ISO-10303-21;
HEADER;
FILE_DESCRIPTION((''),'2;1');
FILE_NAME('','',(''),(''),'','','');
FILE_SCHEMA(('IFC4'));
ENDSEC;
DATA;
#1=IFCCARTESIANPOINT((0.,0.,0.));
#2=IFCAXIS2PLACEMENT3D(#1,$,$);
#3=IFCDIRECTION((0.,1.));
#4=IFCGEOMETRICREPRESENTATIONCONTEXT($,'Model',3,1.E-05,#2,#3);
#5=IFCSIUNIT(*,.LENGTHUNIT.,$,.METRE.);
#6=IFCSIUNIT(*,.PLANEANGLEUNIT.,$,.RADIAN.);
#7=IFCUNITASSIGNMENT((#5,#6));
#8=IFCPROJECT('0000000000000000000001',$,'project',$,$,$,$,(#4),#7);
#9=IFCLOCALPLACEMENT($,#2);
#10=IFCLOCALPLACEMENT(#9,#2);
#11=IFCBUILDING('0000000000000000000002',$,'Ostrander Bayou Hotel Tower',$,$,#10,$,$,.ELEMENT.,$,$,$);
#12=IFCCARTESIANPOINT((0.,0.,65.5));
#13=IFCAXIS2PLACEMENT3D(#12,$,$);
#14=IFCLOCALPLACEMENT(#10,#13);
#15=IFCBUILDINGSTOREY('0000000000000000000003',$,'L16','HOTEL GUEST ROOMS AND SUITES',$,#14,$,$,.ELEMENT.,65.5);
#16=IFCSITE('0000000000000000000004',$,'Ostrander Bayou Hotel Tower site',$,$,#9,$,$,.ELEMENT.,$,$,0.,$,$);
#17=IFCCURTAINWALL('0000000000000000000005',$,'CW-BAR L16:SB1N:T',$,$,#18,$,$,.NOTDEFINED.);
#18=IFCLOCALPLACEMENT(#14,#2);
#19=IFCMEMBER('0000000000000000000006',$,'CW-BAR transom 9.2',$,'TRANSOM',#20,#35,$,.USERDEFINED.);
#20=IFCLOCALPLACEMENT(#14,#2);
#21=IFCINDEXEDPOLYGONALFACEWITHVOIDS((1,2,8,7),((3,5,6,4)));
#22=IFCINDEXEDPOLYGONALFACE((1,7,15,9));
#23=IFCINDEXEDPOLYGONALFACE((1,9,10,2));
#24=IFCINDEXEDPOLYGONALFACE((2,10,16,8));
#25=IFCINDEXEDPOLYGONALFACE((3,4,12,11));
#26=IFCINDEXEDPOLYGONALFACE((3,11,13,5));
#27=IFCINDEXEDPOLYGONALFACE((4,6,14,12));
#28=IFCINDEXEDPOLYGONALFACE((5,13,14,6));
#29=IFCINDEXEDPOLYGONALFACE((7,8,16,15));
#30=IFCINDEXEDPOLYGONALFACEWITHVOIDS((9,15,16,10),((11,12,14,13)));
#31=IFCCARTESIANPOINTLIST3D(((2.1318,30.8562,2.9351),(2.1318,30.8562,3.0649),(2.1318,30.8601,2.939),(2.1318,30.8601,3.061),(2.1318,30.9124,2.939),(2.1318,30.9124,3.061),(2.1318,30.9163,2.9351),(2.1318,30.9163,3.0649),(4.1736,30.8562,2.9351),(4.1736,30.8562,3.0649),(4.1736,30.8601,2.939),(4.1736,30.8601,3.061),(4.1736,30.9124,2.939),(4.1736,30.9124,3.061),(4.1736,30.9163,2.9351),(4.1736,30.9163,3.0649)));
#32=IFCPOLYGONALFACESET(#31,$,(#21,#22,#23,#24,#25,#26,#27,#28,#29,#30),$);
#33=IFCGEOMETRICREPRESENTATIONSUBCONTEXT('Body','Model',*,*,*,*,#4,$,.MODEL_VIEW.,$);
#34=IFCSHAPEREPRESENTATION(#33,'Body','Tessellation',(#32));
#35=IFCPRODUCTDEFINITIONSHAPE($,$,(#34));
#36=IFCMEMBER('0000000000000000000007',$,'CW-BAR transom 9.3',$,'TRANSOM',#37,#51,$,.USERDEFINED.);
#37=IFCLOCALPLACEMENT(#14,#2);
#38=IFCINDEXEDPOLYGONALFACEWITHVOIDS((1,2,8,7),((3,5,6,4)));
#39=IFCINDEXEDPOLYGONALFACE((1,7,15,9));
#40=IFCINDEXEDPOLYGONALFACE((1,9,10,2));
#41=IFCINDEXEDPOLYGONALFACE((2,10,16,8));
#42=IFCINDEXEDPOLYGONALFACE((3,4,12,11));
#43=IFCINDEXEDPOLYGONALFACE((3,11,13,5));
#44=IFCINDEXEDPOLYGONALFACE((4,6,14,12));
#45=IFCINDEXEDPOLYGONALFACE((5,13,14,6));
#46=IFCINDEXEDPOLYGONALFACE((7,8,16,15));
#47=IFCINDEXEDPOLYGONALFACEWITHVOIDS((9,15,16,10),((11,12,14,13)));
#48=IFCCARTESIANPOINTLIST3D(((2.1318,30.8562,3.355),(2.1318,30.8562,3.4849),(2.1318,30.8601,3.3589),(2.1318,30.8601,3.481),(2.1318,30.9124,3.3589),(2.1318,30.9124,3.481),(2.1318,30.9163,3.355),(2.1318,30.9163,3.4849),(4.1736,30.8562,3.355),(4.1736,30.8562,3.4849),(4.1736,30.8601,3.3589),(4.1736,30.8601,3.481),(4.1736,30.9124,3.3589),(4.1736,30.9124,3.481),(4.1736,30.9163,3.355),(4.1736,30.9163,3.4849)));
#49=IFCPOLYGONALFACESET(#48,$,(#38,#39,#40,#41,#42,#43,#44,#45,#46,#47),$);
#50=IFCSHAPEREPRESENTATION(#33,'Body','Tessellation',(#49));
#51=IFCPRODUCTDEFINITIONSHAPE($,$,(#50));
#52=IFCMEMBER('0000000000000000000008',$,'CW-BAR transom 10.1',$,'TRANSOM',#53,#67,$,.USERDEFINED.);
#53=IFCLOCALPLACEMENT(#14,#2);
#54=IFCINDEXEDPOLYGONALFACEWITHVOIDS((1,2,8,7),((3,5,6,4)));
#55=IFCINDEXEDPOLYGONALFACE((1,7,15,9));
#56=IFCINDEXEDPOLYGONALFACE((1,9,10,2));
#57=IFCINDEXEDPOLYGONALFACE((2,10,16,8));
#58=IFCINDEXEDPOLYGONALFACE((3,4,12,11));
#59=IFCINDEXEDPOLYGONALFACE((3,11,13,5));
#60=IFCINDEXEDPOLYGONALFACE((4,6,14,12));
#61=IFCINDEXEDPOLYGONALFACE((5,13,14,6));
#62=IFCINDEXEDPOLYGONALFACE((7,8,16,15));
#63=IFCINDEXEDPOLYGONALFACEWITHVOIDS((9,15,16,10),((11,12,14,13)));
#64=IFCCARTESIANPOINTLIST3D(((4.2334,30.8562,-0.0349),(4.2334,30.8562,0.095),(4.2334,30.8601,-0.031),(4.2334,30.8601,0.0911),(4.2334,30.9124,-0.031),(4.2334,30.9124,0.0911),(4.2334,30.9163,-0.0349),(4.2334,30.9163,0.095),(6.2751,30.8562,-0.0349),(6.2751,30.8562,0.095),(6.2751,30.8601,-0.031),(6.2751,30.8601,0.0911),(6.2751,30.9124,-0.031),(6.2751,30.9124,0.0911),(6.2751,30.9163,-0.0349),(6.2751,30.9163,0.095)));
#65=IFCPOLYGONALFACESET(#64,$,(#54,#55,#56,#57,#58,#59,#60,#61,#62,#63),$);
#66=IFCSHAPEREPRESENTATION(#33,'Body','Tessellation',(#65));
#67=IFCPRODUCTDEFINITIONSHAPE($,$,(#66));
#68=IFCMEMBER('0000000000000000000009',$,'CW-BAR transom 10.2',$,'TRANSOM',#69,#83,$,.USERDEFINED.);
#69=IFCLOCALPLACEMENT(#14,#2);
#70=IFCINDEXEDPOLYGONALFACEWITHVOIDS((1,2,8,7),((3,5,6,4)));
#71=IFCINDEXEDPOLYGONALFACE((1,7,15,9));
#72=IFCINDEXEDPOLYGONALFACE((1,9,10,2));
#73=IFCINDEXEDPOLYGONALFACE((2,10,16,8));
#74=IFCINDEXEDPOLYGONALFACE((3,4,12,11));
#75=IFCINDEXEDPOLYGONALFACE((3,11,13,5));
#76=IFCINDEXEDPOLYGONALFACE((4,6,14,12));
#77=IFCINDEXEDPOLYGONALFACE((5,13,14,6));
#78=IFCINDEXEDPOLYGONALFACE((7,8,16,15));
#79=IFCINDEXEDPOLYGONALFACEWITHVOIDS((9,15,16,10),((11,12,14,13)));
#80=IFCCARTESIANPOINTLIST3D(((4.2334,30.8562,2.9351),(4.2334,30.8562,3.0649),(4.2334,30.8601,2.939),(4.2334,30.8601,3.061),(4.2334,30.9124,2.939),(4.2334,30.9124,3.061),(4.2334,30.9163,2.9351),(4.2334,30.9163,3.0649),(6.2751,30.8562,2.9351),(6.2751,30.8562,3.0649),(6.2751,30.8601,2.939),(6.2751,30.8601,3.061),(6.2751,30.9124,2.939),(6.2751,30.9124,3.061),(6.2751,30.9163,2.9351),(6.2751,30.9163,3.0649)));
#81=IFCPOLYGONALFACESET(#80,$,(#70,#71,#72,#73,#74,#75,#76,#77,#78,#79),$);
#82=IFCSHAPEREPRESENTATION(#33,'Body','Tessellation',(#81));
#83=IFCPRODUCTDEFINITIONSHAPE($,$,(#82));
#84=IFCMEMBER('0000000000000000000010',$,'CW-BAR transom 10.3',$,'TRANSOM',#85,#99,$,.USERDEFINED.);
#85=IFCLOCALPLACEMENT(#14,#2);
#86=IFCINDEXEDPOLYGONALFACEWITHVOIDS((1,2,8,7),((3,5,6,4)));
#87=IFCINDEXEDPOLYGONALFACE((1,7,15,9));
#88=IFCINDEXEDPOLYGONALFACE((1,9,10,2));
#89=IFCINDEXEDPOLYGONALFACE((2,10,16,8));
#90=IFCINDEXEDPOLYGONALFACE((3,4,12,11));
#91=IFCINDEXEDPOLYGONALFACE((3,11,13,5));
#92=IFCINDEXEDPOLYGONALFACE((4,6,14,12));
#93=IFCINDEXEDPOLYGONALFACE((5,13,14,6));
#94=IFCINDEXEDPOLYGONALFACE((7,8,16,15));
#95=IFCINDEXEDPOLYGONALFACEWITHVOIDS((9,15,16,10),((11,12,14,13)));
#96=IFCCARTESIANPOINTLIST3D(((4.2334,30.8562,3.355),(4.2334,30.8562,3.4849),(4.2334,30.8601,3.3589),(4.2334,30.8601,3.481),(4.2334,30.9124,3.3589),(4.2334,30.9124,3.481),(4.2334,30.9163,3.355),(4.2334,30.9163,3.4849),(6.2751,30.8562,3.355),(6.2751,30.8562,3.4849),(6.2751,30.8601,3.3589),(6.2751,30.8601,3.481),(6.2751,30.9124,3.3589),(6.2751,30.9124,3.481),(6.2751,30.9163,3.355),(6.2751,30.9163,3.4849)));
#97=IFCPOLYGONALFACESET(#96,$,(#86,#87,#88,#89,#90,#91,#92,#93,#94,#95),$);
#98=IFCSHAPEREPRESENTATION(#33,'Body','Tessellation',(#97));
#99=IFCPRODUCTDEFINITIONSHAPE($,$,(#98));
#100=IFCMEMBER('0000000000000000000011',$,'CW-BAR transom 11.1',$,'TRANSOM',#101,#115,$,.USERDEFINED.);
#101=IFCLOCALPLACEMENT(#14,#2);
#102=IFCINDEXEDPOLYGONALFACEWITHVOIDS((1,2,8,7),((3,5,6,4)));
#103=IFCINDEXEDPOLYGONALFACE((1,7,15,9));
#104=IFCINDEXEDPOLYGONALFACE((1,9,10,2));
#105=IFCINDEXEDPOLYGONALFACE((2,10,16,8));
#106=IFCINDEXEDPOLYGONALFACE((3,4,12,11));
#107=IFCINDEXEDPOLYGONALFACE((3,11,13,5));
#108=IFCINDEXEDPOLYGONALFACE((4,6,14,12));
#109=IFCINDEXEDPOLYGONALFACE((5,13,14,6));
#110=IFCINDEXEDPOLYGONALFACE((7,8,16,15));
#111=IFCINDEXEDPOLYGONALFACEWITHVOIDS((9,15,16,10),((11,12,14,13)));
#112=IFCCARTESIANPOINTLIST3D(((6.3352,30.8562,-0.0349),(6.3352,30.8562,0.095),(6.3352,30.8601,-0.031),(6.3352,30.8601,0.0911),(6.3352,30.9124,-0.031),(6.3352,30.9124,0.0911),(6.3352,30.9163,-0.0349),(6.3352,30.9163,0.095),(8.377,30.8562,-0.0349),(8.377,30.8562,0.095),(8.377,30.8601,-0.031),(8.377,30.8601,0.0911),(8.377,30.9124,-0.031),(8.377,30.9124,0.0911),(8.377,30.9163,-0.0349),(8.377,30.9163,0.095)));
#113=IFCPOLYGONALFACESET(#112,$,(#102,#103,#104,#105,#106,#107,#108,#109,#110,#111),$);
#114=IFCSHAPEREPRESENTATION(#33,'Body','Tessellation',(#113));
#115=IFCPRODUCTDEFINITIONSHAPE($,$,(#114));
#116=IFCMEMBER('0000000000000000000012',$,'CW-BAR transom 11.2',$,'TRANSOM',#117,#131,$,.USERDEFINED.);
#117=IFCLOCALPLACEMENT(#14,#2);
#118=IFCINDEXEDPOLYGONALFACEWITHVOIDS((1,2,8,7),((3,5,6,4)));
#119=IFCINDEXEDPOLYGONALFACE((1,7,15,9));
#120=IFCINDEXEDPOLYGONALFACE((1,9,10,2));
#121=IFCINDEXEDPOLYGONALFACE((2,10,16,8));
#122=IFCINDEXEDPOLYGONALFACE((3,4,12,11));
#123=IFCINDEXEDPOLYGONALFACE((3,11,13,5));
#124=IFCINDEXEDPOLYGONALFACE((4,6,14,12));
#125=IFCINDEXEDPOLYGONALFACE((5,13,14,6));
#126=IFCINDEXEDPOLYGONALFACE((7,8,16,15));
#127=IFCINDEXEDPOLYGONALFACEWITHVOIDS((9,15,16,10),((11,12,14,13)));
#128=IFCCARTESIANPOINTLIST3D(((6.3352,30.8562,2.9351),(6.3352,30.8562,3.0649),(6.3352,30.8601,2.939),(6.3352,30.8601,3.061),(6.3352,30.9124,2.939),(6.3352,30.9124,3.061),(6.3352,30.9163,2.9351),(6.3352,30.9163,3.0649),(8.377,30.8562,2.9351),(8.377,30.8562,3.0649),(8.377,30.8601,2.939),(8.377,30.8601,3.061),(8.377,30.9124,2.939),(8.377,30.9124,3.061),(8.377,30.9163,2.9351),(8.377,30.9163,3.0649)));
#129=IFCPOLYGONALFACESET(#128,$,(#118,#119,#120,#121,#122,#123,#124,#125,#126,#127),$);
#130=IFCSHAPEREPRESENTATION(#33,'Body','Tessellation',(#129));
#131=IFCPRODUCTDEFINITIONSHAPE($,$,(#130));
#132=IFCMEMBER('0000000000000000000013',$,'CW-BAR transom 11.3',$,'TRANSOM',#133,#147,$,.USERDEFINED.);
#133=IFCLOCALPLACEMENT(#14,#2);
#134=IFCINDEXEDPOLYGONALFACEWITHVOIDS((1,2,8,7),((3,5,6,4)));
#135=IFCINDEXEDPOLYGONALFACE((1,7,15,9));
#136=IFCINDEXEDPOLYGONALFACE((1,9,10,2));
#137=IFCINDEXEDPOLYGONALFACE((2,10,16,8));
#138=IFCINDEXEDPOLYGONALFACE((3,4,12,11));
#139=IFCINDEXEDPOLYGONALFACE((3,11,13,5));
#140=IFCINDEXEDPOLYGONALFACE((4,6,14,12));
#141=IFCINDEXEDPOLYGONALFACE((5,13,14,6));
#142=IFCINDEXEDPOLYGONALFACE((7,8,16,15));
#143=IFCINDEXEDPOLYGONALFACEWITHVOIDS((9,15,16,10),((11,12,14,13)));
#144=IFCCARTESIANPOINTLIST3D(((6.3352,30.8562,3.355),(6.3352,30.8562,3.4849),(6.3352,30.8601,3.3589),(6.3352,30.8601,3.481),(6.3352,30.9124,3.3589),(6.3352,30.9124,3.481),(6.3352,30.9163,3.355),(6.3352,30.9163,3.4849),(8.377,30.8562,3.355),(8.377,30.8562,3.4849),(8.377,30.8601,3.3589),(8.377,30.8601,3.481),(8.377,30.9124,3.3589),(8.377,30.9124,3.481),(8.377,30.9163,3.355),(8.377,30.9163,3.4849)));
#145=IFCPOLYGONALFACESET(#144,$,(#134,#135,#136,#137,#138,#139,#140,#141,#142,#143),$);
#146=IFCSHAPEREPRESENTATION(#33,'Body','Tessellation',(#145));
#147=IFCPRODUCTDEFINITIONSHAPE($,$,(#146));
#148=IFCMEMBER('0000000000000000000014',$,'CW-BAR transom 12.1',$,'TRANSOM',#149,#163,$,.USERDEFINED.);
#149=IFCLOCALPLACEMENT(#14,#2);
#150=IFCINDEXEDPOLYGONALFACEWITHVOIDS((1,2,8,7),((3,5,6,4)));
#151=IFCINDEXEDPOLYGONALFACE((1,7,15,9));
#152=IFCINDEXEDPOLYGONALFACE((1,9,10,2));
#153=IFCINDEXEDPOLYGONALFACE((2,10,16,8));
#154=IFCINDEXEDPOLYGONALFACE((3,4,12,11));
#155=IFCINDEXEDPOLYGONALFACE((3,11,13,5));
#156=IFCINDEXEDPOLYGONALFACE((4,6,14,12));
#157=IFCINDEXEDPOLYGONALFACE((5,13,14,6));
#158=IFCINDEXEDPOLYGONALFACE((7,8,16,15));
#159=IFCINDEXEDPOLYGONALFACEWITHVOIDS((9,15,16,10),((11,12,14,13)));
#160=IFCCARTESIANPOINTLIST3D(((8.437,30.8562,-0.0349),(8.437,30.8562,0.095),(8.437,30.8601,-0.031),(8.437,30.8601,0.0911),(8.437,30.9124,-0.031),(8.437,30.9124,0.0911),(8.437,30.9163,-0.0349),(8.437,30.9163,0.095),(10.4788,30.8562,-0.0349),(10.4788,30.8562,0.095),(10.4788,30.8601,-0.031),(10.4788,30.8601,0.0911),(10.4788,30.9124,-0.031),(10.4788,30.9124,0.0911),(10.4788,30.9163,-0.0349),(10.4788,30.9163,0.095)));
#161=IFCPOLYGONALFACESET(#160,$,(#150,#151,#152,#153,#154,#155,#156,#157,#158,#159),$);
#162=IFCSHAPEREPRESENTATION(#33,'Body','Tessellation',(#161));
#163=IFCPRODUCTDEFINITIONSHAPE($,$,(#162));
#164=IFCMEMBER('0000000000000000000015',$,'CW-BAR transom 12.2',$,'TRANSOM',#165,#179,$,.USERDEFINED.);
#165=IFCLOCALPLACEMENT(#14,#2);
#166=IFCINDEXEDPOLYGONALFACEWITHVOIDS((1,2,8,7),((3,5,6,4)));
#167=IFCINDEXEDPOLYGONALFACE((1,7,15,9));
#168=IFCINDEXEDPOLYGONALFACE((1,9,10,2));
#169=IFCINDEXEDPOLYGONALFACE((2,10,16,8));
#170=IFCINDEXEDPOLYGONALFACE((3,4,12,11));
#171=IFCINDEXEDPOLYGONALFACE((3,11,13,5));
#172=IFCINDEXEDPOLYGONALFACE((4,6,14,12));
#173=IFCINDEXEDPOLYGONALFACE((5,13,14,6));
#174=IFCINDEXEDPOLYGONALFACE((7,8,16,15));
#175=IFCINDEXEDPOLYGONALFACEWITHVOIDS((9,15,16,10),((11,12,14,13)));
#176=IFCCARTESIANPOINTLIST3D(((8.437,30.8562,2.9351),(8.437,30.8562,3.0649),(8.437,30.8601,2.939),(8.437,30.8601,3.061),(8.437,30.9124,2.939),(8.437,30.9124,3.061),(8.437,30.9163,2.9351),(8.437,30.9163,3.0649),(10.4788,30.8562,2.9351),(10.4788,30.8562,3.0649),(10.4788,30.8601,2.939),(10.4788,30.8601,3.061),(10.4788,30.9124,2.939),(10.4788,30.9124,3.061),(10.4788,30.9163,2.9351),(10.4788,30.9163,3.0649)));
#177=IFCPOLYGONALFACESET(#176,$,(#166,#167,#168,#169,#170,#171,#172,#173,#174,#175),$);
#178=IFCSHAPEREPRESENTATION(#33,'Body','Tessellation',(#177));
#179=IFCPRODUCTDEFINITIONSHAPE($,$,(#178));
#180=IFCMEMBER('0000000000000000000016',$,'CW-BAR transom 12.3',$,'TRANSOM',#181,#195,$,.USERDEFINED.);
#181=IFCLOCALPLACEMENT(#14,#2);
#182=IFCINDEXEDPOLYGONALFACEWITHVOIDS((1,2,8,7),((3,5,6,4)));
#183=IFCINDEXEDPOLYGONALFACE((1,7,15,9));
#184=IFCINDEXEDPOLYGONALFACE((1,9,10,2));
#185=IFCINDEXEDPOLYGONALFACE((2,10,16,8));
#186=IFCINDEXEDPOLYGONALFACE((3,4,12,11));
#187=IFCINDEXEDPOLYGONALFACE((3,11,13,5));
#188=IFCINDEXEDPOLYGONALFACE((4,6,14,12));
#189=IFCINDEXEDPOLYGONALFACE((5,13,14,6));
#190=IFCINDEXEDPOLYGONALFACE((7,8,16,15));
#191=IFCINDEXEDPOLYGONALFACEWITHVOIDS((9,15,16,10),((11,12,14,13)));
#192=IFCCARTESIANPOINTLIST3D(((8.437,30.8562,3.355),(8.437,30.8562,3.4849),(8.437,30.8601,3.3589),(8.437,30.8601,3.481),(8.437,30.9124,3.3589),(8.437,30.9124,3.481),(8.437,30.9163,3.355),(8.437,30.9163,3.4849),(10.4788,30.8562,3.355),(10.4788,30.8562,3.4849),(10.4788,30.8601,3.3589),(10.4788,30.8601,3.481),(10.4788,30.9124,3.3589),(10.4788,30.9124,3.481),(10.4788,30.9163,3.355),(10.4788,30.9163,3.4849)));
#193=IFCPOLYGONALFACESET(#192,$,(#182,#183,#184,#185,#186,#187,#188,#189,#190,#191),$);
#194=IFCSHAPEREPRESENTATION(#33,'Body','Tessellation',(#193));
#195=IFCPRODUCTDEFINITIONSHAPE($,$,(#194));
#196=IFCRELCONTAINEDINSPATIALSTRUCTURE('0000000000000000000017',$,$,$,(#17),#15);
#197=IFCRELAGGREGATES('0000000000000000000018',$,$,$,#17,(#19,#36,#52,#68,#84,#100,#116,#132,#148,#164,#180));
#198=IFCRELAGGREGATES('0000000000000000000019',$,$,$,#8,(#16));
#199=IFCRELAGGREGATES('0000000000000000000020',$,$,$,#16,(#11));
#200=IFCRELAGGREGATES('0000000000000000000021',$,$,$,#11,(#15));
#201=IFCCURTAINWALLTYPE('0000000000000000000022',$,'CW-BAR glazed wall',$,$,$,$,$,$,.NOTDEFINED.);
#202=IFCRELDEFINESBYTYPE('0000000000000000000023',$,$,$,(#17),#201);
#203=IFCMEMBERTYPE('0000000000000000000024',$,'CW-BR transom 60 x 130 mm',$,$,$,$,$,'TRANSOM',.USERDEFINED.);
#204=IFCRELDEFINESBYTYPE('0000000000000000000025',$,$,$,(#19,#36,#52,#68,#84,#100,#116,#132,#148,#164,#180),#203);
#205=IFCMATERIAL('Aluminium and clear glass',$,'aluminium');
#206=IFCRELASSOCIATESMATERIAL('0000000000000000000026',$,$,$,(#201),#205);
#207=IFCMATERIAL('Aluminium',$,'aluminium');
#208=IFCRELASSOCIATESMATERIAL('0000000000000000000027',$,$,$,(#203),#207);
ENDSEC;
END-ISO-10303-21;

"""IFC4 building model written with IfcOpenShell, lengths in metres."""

from ifc_helpers import new_model, si_unit, direction, frame, origin, origin_2d, place, context, subcontext, project, spatial, hollow_rectangle, extrude, material, material_profile, profile_set, type_object, element, aggregate, save


model = new_model("IFC4")

# Units and contexts
model_context = context("Model", 3, precision=1e-05, world=origin(), true_north=direction((0.0, 1.0)))
body_context = subcontext(model_context, "Body", "Model", "MODEL_VIEW")
ifc_project = project(units=[si_unit("LENGTHUNIT", "METRE"), si_unit("PLANEANGLEUNIT", "RADIAN")], contexts=[model_context])

# Site, building, storey
site_placement = place(None, origin())
site = spatial("IfcSite", under=ifc_project, at=site_placement, Name="Ostrander Bayou Hotel Tower site", CompositionType="ELEMENT", RefElevation=0.0)
building_placement = place(site_placement, origin())
building = spatial("IfcBuilding", under=site, at=building_placement, Name="Ostrander Bayou Hotel Tower", CompositionType="ELEMENT")
storey_placement = place(building_placement, frame((0.0, 0.0, 65.5)))
storey = spatial("IfcBuildingStorey", under=building, at=storey_placement, Name="L16", Description="HOTEL GUEST ROOMS AND SUITES", CompositionType="ELEMENT", Elevation=65.5)

# Curtain wall, members
ifc_material_1 = material(Name="Aluminium and clear glass", Category="aluminium")
curtain_wall_type = type_object("IfcCurtainWallType", Name="CW-BAR glazed wall", PredefinedType="NOTDEFINED", material=ifc_material_1)
curtain_wall_placement = place(storey_placement, origin())
curtain_wall = element("IfcCurtainWall", 1, at=curtain_wall_placement, inside=storey, type_object=curtain_wall_type, Name="CW-BAR L16:SB1N:T", PredefinedType="NOTDEFINED")
ifc_material_2 = material(Name="Aluminium", Category="aluminium")
ifc_material_profile_1 = material_profile(ifc_material_2, hollow_rectangle(XDim=0.0601, YDim=0.1299, WallThickness=0.0039, at=origin_2d()))
ifc_profile_set_1 = profile_set([ifc_material_profile_1], Name="Aluminium")
member_type_1 = type_object("IfcMemberType", Name="CW-BR transom 60 x 130 mm", ElementType="TRANSOM", PredefinedType="USERDEFINED", material=ifc_profile_set_1)
member_1_placement = place(storey_placement, frame((2.1318, 30.8862, 3.0), z_axis=(1.0, 0.0, 0.0), x_axis=(0.0, 1.0, 0.0)))
member_1 = element("IfcMember", 2, at=member_1_placement, type_object=member_type_1, Name="CW-BAR transom 9.2", ObjectType="TRANSOM", PredefinedType="USERDEFINED", context=body_context, shape_type="SweptSolid", body=[
    extrude(hollow_rectangle(XDim=0.0601, YDim=0.1299, WallThickness=0.0039, at=origin_2d()), origin(), (0.0, 0.0, 1.0), 2.0417),
])
member_2_placement = place(storey_placement, frame((2.1318, 30.8862, 3.4199), z_axis=(1.0, 0.0, 0.0), x_axis=(0.0, 1.0, 0.0)))
member_2 = element("IfcMember", 3, at=member_2_placement, type_object=member_type_1, Name="CW-BAR transom 9.3", ObjectType="TRANSOM", PredefinedType="USERDEFINED", context=body_context, shape_type="SweptSolid", body=[
    extrude(hollow_rectangle(XDim=0.0601, YDim=0.1299, WallThickness=0.0039, at=origin_2d()), origin(), (0.0, 0.0, 1.0), 2.0417),
])
member_3_placement = place(storey_placement, frame((4.2334, 30.8862, 0.03), z_axis=(1.0, 0.0, 0.0), x_axis=(0.0, 1.0, 0.0)))
member_3 = element("IfcMember", 4, at=member_3_placement, type_object=member_type_1, Name="CW-BAR transom 10.1", ObjectType="TRANSOM", PredefinedType="USERDEFINED", context=body_context, shape_type="SweptSolid", body=[
    extrude(hollow_rectangle(XDim=0.0601, YDim=0.1299, WallThickness=0.0039, at=origin_2d()), origin(), (0.0, 0.0, 1.0), 2.0417),
])
member_4_placement = place(storey_placement, frame((4.2334, 30.8862, 3.0), z_axis=(1.0, 0.0, 0.0), x_axis=(0.0, 1.0, 0.0)))
member_4 = element("IfcMember", 5, at=member_4_placement, type_object=member_type_1, Name="CW-BAR transom 10.2", ObjectType="TRANSOM", PredefinedType="USERDEFINED", context=body_context, shape_type="SweptSolid", body=[
    extrude(hollow_rectangle(XDim=0.0601, YDim=0.1299, WallThickness=0.0039, at=origin_2d()), origin(), (0.0, 0.0, 1.0), 2.0417),
])
member_5_placement = place(storey_placement, frame((4.2334, 30.8862, 3.4199), z_axis=(1.0, 0.0, 0.0), x_axis=(0.0, 1.0, 0.0)))
member_5 = element("IfcMember", 6, at=member_5_placement, type_object=member_type_1, Name="CW-BAR transom 10.3", ObjectType="TRANSOM", PredefinedType="USERDEFINED", context=body_context, shape_type="SweptSolid", body=[
    extrude(hollow_rectangle(XDim=0.0601, YDim=0.1299, WallThickness=0.0039, at=origin_2d()), origin(), (0.0, 0.0, 1.0), 2.0417),
])
member_6_placement = place(storey_placement, frame((6.3352, 30.8862, 0.03), z_axis=(1.0, 0.0, 0.0), x_axis=(0.0, 1.0, 0.0)))
member_6 = element("IfcMember", 7, at=member_6_placement, type_object=member_type_1, Name="CW-BAR transom 11.1", ObjectType="TRANSOM", PredefinedType="USERDEFINED", context=body_context, shape_type="SweptSolid", body=[
    extrude(hollow_rectangle(XDim=0.0601, YDim=0.1299, WallThickness=0.0039, at=origin_2d()), origin(), (0.0, 0.0, 1.0), 2.0417),
])
member_7_placement = place(storey_placement, frame((6.3352, 30.8862, 3.0), z_axis=(1.0, 0.0, 0.0), x_axis=(0.0, 1.0, 0.0)))
member_7 = element("IfcMember", 8, at=member_7_placement, type_object=member_type_1, Name="CW-BAR transom 11.2", ObjectType="TRANSOM", PredefinedType="USERDEFINED", context=body_context, shape_type="SweptSolid", body=[
    extrude(hollow_rectangle(XDim=0.0601, YDim=0.1299, WallThickness=0.0039, at=origin_2d()), origin(), (0.0, 0.0, 1.0), 2.0417),
])
member_8_placement = place(storey_placement, frame((6.3352, 30.8862, 3.4199), z_axis=(1.0, 0.0, 0.0), x_axis=(0.0, 1.0, 0.0)))
member_8 = element("IfcMember", 9, at=member_8_placement, type_object=member_type_1, Name="CW-BAR transom 11.3", ObjectType="TRANSOM", PredefinedType="USERDEFINED", context=body_context, shape_type="SweptSolid", body=[
    extrude(hollow_rectangle(XDim=0.0601, YDim=0.1299, WallThickness=0.0039, at=origin_2d()), origin(), (0.0, 0.0, 1.0), 2.0417),
])
member_9_placement = place(storey_placement, frame((8.437, 30.8862, 0.03), z_axis=(1.0, 0.0, 0.0), x_axis=(0.0, 1.0, 0.0)))
member_9 = element("IfcMember", 10, at=member_9_placement, type_object=member_type_1, Name="CW-BAR transom 12.1", ObjectType="TRANSOM", PredefinedType="USERDEFINED", context=body_context, shape_type="SweptSolid", body=[
    extrude(hollow_rectangle(XDim=0.0601, YDim=0.1299, WallThickness=0.0039, at=origin_2d()), origin(), (0.0, 0.0, 1.0), 2.0417),
])
member_10_placement = place(storey_placement, frame((8.437, 30.8862, 3.0), z_axis=(1.0, 0.0, 0.0), x_axis=(0.0, 1.0, 0.0)))
member_10 = element("IfcMember", 11, at=member_10_placement, type_object=member_type_1, Name="CW-BAR transom 12.2", ObjectType="TRANSOM", PredefinedType="USERDEFINED", context=body_context, shape_type="SweptSolid", body=[
    extrude(hollow_rectangle(XDim=0.0601, YDim=0.1299, WallThickness=0.0039, at=origin_2d()), origin(), (0.0, 0.0, 1.0), 2.0417),
])
member_11_placement = place(storey_placement, frame((8.437, 30.8862, 3.4199), z_axis=(1.0, 0.0, 0.0), x_axis=(0.0, 1.0, 0.0)))
member_11 = element("IfcMember", 12, at=member_11_placement, type_object=member_type_1, Name="CW-BAR transom 12.3", ObjectType="TRANSOM", PredefinedType="USERDEFINED", context=body_context, shape_type="SweptSolid", body=[
    extrude(hollow_rectangle(XDim=0.0601, YDim=0.1299, WallThickness=0.0039, at=origin_2d()), origin(), (0.0, 0.0, 1.0), 2.0417),
])
aggregate(curtain_wall, [member_1, member_2, member_3, member_4, member_5, member_6, member_7, member_8, member_9, member_10, member_11])

save(model, "model.ifc")
